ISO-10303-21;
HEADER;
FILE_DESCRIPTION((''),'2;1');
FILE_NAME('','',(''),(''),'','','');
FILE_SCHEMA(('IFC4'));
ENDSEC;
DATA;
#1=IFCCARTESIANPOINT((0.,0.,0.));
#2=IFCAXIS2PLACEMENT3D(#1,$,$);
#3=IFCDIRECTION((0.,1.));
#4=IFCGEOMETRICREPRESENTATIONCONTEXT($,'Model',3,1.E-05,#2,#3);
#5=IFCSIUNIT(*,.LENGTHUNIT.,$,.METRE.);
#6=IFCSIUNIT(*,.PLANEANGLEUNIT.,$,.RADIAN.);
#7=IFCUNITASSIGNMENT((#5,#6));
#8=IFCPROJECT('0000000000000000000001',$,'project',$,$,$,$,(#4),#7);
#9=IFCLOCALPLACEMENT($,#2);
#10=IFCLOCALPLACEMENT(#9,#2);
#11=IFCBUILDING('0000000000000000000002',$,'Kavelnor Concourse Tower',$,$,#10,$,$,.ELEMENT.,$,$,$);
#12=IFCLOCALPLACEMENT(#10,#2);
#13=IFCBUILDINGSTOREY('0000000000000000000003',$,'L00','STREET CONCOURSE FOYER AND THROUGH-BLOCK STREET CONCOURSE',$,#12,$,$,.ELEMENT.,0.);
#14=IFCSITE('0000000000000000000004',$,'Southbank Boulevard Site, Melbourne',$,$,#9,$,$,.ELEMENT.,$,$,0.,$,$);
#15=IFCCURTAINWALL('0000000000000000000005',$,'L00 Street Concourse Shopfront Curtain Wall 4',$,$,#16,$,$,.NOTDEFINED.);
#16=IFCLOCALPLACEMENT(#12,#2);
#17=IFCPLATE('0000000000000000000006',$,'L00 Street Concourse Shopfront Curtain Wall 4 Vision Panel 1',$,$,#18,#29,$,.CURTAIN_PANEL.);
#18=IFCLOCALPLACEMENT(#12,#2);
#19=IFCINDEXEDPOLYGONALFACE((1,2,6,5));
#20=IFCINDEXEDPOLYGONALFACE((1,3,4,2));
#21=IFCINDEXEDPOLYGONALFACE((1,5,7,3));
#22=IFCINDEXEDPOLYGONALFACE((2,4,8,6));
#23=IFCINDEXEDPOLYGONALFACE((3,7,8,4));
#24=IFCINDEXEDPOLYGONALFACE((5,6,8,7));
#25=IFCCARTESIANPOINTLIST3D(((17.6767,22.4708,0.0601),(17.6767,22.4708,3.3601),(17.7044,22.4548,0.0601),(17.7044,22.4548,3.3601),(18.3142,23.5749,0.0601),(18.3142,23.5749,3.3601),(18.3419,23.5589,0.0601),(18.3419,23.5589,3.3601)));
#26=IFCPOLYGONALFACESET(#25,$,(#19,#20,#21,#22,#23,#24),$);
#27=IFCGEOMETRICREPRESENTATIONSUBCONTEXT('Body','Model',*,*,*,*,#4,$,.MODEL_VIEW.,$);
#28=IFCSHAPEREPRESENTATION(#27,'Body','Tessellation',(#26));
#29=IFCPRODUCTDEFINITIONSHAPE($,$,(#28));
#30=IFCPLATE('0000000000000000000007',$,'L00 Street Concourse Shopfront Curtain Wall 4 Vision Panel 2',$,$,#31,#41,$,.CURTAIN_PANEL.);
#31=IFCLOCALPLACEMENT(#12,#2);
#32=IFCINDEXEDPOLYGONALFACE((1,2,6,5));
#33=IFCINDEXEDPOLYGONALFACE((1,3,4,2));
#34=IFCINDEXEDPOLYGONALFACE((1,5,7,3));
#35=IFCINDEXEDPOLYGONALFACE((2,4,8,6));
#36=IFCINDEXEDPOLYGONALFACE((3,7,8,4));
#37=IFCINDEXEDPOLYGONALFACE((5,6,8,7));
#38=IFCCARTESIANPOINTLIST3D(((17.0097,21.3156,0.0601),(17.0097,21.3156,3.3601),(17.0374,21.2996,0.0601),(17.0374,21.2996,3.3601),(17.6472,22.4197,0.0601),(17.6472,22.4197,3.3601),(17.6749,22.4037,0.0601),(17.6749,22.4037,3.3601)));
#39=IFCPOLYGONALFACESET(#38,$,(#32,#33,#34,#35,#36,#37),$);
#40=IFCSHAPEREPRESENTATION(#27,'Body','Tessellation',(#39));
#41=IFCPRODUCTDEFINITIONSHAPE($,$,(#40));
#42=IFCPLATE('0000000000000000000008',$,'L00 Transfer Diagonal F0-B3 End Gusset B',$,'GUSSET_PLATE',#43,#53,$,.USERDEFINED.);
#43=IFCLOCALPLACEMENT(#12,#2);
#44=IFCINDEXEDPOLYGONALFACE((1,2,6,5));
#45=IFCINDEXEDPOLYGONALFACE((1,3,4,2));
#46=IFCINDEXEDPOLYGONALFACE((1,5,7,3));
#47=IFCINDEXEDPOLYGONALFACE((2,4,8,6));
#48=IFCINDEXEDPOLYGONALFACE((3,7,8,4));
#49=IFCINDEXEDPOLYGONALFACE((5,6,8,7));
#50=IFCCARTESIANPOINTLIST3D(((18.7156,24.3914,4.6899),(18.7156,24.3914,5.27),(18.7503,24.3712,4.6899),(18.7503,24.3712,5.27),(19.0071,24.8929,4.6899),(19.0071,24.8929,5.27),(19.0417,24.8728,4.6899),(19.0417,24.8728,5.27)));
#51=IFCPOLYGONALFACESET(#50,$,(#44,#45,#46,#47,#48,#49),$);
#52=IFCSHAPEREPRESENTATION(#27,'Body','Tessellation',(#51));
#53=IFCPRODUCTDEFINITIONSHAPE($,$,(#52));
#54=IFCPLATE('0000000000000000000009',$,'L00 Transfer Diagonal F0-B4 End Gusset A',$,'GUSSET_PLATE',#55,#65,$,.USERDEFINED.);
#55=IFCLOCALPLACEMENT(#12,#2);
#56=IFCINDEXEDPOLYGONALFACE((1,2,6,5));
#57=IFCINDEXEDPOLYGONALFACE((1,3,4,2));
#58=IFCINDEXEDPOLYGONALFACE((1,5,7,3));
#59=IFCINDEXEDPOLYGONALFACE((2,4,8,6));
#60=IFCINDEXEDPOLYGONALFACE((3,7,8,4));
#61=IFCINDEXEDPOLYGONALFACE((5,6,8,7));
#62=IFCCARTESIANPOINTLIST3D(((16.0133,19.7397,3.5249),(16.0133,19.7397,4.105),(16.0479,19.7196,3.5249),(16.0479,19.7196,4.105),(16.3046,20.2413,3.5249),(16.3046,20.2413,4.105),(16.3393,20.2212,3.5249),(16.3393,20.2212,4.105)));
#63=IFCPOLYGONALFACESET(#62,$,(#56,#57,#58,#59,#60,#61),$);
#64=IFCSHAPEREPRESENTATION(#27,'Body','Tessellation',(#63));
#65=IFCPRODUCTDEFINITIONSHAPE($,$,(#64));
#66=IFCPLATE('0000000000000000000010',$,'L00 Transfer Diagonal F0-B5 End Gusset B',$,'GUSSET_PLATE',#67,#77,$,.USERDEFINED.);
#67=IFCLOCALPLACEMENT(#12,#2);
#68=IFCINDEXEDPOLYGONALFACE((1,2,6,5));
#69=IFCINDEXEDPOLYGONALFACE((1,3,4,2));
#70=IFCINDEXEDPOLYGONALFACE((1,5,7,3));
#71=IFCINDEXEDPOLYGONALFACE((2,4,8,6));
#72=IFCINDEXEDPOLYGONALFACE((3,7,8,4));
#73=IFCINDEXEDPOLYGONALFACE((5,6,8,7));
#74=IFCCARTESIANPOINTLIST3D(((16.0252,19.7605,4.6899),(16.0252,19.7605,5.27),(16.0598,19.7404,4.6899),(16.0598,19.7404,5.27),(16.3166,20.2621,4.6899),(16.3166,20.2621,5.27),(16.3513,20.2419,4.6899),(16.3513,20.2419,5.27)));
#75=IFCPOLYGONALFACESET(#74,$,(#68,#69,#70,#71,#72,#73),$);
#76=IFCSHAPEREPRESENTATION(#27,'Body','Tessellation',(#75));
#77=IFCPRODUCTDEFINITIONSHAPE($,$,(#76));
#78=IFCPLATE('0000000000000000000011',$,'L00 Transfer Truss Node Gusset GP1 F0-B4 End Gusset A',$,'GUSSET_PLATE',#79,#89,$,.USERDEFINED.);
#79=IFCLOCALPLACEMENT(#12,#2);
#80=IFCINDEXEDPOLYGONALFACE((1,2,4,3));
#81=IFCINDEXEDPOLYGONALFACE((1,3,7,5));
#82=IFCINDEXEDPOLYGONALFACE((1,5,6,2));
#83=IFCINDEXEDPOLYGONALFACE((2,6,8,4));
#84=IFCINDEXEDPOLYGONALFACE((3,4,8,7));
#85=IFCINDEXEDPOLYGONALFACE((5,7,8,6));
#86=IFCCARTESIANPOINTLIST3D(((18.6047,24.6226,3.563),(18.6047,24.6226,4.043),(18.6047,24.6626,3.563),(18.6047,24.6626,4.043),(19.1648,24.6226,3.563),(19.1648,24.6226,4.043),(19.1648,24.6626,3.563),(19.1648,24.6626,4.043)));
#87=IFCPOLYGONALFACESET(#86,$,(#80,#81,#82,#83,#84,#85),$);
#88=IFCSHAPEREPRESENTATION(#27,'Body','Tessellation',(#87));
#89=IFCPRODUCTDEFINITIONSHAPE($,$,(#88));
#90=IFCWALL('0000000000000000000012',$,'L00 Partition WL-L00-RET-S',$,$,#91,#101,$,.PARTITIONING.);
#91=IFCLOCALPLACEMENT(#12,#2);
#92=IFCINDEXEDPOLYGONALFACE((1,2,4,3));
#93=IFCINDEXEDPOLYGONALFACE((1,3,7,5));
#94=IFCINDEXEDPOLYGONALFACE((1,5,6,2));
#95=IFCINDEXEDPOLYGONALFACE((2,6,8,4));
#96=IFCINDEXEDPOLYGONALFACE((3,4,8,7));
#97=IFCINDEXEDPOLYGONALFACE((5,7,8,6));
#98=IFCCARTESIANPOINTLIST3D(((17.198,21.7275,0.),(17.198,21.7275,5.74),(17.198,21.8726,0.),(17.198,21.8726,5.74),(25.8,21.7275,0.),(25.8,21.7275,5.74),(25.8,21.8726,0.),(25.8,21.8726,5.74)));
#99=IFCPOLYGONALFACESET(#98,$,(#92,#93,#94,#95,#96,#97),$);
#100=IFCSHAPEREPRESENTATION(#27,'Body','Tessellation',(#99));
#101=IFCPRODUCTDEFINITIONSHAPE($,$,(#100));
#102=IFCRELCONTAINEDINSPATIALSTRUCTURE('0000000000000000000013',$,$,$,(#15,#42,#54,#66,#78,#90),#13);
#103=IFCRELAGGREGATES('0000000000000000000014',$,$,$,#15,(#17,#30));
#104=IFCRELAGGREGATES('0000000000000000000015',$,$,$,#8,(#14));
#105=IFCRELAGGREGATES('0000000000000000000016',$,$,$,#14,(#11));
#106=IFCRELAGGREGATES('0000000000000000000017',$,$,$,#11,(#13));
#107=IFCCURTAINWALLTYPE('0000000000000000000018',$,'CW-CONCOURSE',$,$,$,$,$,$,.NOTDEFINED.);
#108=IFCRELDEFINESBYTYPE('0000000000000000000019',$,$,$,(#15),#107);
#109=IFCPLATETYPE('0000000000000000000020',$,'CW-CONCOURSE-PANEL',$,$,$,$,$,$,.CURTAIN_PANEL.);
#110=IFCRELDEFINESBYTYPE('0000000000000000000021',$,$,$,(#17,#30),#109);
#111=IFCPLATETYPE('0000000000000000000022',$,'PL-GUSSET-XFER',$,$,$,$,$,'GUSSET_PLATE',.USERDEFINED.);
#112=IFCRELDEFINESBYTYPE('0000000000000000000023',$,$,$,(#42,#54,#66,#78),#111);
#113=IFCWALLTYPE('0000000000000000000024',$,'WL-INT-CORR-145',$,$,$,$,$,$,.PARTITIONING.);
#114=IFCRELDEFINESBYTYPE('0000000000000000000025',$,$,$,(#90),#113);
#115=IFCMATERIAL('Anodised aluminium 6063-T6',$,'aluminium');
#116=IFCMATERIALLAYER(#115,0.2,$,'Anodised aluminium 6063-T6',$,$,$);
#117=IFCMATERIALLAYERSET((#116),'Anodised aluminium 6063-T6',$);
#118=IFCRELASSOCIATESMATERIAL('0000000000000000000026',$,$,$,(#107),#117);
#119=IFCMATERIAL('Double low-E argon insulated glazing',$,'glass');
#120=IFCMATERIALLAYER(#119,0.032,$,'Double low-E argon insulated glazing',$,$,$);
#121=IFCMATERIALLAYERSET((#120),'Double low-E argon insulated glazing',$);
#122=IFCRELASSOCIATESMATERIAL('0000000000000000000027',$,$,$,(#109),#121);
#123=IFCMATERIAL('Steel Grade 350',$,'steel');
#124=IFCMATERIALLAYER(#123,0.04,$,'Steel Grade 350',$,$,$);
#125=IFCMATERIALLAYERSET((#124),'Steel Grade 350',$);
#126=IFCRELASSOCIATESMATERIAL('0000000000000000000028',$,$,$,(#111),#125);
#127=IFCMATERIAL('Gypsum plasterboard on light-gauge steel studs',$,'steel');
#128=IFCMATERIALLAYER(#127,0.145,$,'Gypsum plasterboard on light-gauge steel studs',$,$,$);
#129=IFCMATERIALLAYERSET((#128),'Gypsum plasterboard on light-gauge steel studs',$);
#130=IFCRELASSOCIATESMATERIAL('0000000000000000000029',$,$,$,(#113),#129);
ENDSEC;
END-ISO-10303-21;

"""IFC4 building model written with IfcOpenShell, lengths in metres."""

from ifc_helpers import new_model, si_unit, direction, frame, frame_2d, origin, origin_2d, place, context, subcontext, project, spatial, rectangle, extrude, material, layer, layer_set, type_object, element, aggregate, save


model = new_model("IFC4")

# Units and contexts
model_context = context("Model", 3, precision=1e-05, world=origin(), true_north=direction((0.0, 1.0)))
body_context = subcontext(model_context, "Body", "Model", "MODEL_VIEW")
ifc_project = project(units=[si_unit("LENGTHUNIT", "METRE"), si_unit("PLANEANGLEUNIT", "RADIAN")], contexts=[model_context])

# Site, building, storey
site_placement = place(None, origin())
site = spatial("IfcSite", under=ifc_project, at=site_placement, Name="Southbank Boulevard Site, Melbourne", CompositionType="ELEMENT", RefElevation=0.0)
building_placement = place(site_placement, origin())
building = spatial("IfcBuilding", under=site, at=building_placement, Name="Kavelnor Concourse Tower", CompositionType="ELEMENT")
storey_placement = place(building_placement, origin())
storey = spatial("IfcBuildingStorey", under=building, at=storey_placement, Name="L00", Description="STREET CONCOURSE FOYER AND THROUGH-BLOCK STREET CONCOURSE", CompositionType="ELEMENT", Elevation=0.0)

# Shared definitions
ifc_material_1 = material(Name="Steel Grade 350", Category="steel")

# Shared definitions
ifc_material_2 = material(Name="Anodised aluminium 6063-T6", Category="aluminium")
ifc_layer_1 = layer(ifc_material_2, 0.2, Name="Anodised aluminium 6063-T6")
ifc_layer_set_1 = layer_set([ifc_layer_1], Name="Anodised aluminium 6063-T6")
curtain_wall_type = type_object("IfcCurtainWallType", Name="CW-CONCOURSE", PredefinedType="NOTDEFINED", material=ifc_layer_set_1)

# Curtain wall
curtain_wall_1_placement = place(storey_placement, origin())
curtain_wall_1 = element("IfcCurtainWall", 1, at=curtain_wall_1_placement, inside=storey, type_object=curtain_wall_type, Name="L00 Street Concourse Shopfront Curtain Wall 4", PredefinedType="NOTDEFINED")

# Plates
ifc_material_3 = material(Name="Double low-E argon insulated glazing", Category="glass")
ifc_layer_2 = layer(ifc_material_3, 0.032, Name="Double low-E argon insulated glazing")
ifc_layer_set_2 = layer_set([ifc_layer_2], Name="Double low-E argon insulated glazing")
plate_type_1 = type_object("IfcPlateType", Name="CW-CONCOURSE-PANEL", PredefinedType="CURTAIN_PANEL", material=ifc_layer_set_2)
plate_1_placement = place(storey_placement, frame((18.0093, 23.0149, 0.0601), z_axis=(0.0, 0.0, 1.0), x_axis=(-0.5, -0.866025, 0.0)))
plate_1 = element("IfcPlate", 2, at=plate_1_placement, type_object=plate_type_1, Name="L00 Street Concourse Shopfront Curtain Wall 4 Vision Panel 1", PredefinedType="CURTAIN_PANEL", context=body_context, shape_type="SweptSolid", body=[
    extrude(rectangle(XDim=1.2749, YDim=0.032, at=origin_2d()), origin(), (0.0, 0.0, 1.0), 3.3),
])
plate_2_placement = place(storey_placement, frame((17.3423, 21.8596, 0.0601), z_axis=(0.0, 0.0, 1.0), x_axis=(-0.5, -0.866025, 0.0)))
plate_2 = element("IfcPlate", 3, at=plate_2_placement, type_object=plate_type_1, Name="L00 Street Concourse Shopfront Curtain Wall 4 Vision Panel 2", PredefinedType="CURTAIN_PANEL", context=body_context, shape_type="SweptSolid", body=[
    extrude(rectangle(XDim=1.2749, YDim=0.032, at=origin_2d()), origin(), (0.0, 0.0, 1.0), 3.3),
])
aggregate(curtain_wall_1, [plate_1, plate_2])

# Plates
ifc_layer_3 = layer(ifc_material_1, 0.04, Name="Steel Grade 350")
ifc_layer_set_3 = layer_set([ifc_layer_3], Name="Steel Grade 350")
plate_type_2 = type_object("IfcPlateType", Name="PL-GUSSET-XFER", ElementType="GUSSET_PLATE", PredefinedType="USERDEFINED", material=ifc_layer_set_3)
for number, where, z_axis, x_axis, name in (
    (4, (18.8787, 24.6321, 4.6899), (0.0, 0.0, 1.0), (-0.502416, -0.864626, 0.0), "L00 Transfer Diagonal F0-B3 End Gusset B"),
    (5, (16.1763, 19.9805, 3.5249), (0.0, 0.0, 1.0), (0.502266, 0.864713, 0.0), "L00 Transfer Diagonal F0-B4 End Gusset A"),
    (6, (16.1882, 20.0012, 4.6899), (0.0, 0.0, 1.0), (0.502416, 0.864626, 0.0), "L00 Transfer Diagonal F0-B5 End Gusset B"),
):
    element("IfcPlate", number, at=place(storey_placement, frame(where, z_axis=z_axis, x_axis=x_axis)), inside=storey, type_object=plate_type_2, Name=name, ObjectType="GUSSET_PLATE", PredefinedType="USERDEFINED", context=body_context, shape_type="SweptSolid", body=[
        extrude(rectangle(XDim=0.5801, YDim=0.04, at=origin_2d()), origin(), (0.0, 0.0, 1.0), 0.5801),
    ])
plate_3_placement = place(storey_placement, frame((18.8848, 24.6426, 3.563), z_axis=(0.0, 0.0, 1.0), x_axis=(1.0, 0.0, 0.0)))
element("IfcPlate", 7, at=plate_3_placement, inside=storey, type_object=plate_type_2, Name="L00 Transfer Truss Node Gusset GP1 F0-B4 End Gusset A", ObjectType="GUSSET_PLATE", PredefinedType="USERDEFINED", context=body_context, shape_type="SweptSolid", body=[
    extrude(rectangle(XDim=0.5601, YDim=0.04, at=origin_2d()), origin(), (0.0, 0.0, 1.0), 0.48),
])

# Wall
ifc_material_4 = material(Name="Gypsum plasterboard on light-gauge steel studs", Category="steel")
ifc_layer_4 = layer(ifc_material_4, 0.145, Name="Gypsum plasterboard on light-gauge steel studs")
ifc_layer_set_4 = layer_set([ifc_layer_4], Name="Gypsum plasterboard on light-gauge steel studs")
wall_type = type_object("IfcWallType", Name="WL-INT-CORR-145", PredefinedType="PARTITIONING", material=ifc_layer_set_4)
wall_placement = place(storey_placement, frame((17.198, 21.8, 0.0), z_axis=(0.0, 0.0, 1.0), x_axis=(1.0, 0.0, 0.0)))
element("IfcWall", 8, at=wall_placement, inside=storey, type_object=wall_type, Name="L00 Partition WL-L00-RET-S", PredefinedType="PARTITIONING", context=body_context, shape_type="SweptSolid", body=[
    extrude(rectangle(XDim=8.6021, YDim=0.145, at=frame_2d((4.301, 0.0))), origin(), (0.0, 0.0, 1.0), 5.74),
])

save(model, "model.ifc")
